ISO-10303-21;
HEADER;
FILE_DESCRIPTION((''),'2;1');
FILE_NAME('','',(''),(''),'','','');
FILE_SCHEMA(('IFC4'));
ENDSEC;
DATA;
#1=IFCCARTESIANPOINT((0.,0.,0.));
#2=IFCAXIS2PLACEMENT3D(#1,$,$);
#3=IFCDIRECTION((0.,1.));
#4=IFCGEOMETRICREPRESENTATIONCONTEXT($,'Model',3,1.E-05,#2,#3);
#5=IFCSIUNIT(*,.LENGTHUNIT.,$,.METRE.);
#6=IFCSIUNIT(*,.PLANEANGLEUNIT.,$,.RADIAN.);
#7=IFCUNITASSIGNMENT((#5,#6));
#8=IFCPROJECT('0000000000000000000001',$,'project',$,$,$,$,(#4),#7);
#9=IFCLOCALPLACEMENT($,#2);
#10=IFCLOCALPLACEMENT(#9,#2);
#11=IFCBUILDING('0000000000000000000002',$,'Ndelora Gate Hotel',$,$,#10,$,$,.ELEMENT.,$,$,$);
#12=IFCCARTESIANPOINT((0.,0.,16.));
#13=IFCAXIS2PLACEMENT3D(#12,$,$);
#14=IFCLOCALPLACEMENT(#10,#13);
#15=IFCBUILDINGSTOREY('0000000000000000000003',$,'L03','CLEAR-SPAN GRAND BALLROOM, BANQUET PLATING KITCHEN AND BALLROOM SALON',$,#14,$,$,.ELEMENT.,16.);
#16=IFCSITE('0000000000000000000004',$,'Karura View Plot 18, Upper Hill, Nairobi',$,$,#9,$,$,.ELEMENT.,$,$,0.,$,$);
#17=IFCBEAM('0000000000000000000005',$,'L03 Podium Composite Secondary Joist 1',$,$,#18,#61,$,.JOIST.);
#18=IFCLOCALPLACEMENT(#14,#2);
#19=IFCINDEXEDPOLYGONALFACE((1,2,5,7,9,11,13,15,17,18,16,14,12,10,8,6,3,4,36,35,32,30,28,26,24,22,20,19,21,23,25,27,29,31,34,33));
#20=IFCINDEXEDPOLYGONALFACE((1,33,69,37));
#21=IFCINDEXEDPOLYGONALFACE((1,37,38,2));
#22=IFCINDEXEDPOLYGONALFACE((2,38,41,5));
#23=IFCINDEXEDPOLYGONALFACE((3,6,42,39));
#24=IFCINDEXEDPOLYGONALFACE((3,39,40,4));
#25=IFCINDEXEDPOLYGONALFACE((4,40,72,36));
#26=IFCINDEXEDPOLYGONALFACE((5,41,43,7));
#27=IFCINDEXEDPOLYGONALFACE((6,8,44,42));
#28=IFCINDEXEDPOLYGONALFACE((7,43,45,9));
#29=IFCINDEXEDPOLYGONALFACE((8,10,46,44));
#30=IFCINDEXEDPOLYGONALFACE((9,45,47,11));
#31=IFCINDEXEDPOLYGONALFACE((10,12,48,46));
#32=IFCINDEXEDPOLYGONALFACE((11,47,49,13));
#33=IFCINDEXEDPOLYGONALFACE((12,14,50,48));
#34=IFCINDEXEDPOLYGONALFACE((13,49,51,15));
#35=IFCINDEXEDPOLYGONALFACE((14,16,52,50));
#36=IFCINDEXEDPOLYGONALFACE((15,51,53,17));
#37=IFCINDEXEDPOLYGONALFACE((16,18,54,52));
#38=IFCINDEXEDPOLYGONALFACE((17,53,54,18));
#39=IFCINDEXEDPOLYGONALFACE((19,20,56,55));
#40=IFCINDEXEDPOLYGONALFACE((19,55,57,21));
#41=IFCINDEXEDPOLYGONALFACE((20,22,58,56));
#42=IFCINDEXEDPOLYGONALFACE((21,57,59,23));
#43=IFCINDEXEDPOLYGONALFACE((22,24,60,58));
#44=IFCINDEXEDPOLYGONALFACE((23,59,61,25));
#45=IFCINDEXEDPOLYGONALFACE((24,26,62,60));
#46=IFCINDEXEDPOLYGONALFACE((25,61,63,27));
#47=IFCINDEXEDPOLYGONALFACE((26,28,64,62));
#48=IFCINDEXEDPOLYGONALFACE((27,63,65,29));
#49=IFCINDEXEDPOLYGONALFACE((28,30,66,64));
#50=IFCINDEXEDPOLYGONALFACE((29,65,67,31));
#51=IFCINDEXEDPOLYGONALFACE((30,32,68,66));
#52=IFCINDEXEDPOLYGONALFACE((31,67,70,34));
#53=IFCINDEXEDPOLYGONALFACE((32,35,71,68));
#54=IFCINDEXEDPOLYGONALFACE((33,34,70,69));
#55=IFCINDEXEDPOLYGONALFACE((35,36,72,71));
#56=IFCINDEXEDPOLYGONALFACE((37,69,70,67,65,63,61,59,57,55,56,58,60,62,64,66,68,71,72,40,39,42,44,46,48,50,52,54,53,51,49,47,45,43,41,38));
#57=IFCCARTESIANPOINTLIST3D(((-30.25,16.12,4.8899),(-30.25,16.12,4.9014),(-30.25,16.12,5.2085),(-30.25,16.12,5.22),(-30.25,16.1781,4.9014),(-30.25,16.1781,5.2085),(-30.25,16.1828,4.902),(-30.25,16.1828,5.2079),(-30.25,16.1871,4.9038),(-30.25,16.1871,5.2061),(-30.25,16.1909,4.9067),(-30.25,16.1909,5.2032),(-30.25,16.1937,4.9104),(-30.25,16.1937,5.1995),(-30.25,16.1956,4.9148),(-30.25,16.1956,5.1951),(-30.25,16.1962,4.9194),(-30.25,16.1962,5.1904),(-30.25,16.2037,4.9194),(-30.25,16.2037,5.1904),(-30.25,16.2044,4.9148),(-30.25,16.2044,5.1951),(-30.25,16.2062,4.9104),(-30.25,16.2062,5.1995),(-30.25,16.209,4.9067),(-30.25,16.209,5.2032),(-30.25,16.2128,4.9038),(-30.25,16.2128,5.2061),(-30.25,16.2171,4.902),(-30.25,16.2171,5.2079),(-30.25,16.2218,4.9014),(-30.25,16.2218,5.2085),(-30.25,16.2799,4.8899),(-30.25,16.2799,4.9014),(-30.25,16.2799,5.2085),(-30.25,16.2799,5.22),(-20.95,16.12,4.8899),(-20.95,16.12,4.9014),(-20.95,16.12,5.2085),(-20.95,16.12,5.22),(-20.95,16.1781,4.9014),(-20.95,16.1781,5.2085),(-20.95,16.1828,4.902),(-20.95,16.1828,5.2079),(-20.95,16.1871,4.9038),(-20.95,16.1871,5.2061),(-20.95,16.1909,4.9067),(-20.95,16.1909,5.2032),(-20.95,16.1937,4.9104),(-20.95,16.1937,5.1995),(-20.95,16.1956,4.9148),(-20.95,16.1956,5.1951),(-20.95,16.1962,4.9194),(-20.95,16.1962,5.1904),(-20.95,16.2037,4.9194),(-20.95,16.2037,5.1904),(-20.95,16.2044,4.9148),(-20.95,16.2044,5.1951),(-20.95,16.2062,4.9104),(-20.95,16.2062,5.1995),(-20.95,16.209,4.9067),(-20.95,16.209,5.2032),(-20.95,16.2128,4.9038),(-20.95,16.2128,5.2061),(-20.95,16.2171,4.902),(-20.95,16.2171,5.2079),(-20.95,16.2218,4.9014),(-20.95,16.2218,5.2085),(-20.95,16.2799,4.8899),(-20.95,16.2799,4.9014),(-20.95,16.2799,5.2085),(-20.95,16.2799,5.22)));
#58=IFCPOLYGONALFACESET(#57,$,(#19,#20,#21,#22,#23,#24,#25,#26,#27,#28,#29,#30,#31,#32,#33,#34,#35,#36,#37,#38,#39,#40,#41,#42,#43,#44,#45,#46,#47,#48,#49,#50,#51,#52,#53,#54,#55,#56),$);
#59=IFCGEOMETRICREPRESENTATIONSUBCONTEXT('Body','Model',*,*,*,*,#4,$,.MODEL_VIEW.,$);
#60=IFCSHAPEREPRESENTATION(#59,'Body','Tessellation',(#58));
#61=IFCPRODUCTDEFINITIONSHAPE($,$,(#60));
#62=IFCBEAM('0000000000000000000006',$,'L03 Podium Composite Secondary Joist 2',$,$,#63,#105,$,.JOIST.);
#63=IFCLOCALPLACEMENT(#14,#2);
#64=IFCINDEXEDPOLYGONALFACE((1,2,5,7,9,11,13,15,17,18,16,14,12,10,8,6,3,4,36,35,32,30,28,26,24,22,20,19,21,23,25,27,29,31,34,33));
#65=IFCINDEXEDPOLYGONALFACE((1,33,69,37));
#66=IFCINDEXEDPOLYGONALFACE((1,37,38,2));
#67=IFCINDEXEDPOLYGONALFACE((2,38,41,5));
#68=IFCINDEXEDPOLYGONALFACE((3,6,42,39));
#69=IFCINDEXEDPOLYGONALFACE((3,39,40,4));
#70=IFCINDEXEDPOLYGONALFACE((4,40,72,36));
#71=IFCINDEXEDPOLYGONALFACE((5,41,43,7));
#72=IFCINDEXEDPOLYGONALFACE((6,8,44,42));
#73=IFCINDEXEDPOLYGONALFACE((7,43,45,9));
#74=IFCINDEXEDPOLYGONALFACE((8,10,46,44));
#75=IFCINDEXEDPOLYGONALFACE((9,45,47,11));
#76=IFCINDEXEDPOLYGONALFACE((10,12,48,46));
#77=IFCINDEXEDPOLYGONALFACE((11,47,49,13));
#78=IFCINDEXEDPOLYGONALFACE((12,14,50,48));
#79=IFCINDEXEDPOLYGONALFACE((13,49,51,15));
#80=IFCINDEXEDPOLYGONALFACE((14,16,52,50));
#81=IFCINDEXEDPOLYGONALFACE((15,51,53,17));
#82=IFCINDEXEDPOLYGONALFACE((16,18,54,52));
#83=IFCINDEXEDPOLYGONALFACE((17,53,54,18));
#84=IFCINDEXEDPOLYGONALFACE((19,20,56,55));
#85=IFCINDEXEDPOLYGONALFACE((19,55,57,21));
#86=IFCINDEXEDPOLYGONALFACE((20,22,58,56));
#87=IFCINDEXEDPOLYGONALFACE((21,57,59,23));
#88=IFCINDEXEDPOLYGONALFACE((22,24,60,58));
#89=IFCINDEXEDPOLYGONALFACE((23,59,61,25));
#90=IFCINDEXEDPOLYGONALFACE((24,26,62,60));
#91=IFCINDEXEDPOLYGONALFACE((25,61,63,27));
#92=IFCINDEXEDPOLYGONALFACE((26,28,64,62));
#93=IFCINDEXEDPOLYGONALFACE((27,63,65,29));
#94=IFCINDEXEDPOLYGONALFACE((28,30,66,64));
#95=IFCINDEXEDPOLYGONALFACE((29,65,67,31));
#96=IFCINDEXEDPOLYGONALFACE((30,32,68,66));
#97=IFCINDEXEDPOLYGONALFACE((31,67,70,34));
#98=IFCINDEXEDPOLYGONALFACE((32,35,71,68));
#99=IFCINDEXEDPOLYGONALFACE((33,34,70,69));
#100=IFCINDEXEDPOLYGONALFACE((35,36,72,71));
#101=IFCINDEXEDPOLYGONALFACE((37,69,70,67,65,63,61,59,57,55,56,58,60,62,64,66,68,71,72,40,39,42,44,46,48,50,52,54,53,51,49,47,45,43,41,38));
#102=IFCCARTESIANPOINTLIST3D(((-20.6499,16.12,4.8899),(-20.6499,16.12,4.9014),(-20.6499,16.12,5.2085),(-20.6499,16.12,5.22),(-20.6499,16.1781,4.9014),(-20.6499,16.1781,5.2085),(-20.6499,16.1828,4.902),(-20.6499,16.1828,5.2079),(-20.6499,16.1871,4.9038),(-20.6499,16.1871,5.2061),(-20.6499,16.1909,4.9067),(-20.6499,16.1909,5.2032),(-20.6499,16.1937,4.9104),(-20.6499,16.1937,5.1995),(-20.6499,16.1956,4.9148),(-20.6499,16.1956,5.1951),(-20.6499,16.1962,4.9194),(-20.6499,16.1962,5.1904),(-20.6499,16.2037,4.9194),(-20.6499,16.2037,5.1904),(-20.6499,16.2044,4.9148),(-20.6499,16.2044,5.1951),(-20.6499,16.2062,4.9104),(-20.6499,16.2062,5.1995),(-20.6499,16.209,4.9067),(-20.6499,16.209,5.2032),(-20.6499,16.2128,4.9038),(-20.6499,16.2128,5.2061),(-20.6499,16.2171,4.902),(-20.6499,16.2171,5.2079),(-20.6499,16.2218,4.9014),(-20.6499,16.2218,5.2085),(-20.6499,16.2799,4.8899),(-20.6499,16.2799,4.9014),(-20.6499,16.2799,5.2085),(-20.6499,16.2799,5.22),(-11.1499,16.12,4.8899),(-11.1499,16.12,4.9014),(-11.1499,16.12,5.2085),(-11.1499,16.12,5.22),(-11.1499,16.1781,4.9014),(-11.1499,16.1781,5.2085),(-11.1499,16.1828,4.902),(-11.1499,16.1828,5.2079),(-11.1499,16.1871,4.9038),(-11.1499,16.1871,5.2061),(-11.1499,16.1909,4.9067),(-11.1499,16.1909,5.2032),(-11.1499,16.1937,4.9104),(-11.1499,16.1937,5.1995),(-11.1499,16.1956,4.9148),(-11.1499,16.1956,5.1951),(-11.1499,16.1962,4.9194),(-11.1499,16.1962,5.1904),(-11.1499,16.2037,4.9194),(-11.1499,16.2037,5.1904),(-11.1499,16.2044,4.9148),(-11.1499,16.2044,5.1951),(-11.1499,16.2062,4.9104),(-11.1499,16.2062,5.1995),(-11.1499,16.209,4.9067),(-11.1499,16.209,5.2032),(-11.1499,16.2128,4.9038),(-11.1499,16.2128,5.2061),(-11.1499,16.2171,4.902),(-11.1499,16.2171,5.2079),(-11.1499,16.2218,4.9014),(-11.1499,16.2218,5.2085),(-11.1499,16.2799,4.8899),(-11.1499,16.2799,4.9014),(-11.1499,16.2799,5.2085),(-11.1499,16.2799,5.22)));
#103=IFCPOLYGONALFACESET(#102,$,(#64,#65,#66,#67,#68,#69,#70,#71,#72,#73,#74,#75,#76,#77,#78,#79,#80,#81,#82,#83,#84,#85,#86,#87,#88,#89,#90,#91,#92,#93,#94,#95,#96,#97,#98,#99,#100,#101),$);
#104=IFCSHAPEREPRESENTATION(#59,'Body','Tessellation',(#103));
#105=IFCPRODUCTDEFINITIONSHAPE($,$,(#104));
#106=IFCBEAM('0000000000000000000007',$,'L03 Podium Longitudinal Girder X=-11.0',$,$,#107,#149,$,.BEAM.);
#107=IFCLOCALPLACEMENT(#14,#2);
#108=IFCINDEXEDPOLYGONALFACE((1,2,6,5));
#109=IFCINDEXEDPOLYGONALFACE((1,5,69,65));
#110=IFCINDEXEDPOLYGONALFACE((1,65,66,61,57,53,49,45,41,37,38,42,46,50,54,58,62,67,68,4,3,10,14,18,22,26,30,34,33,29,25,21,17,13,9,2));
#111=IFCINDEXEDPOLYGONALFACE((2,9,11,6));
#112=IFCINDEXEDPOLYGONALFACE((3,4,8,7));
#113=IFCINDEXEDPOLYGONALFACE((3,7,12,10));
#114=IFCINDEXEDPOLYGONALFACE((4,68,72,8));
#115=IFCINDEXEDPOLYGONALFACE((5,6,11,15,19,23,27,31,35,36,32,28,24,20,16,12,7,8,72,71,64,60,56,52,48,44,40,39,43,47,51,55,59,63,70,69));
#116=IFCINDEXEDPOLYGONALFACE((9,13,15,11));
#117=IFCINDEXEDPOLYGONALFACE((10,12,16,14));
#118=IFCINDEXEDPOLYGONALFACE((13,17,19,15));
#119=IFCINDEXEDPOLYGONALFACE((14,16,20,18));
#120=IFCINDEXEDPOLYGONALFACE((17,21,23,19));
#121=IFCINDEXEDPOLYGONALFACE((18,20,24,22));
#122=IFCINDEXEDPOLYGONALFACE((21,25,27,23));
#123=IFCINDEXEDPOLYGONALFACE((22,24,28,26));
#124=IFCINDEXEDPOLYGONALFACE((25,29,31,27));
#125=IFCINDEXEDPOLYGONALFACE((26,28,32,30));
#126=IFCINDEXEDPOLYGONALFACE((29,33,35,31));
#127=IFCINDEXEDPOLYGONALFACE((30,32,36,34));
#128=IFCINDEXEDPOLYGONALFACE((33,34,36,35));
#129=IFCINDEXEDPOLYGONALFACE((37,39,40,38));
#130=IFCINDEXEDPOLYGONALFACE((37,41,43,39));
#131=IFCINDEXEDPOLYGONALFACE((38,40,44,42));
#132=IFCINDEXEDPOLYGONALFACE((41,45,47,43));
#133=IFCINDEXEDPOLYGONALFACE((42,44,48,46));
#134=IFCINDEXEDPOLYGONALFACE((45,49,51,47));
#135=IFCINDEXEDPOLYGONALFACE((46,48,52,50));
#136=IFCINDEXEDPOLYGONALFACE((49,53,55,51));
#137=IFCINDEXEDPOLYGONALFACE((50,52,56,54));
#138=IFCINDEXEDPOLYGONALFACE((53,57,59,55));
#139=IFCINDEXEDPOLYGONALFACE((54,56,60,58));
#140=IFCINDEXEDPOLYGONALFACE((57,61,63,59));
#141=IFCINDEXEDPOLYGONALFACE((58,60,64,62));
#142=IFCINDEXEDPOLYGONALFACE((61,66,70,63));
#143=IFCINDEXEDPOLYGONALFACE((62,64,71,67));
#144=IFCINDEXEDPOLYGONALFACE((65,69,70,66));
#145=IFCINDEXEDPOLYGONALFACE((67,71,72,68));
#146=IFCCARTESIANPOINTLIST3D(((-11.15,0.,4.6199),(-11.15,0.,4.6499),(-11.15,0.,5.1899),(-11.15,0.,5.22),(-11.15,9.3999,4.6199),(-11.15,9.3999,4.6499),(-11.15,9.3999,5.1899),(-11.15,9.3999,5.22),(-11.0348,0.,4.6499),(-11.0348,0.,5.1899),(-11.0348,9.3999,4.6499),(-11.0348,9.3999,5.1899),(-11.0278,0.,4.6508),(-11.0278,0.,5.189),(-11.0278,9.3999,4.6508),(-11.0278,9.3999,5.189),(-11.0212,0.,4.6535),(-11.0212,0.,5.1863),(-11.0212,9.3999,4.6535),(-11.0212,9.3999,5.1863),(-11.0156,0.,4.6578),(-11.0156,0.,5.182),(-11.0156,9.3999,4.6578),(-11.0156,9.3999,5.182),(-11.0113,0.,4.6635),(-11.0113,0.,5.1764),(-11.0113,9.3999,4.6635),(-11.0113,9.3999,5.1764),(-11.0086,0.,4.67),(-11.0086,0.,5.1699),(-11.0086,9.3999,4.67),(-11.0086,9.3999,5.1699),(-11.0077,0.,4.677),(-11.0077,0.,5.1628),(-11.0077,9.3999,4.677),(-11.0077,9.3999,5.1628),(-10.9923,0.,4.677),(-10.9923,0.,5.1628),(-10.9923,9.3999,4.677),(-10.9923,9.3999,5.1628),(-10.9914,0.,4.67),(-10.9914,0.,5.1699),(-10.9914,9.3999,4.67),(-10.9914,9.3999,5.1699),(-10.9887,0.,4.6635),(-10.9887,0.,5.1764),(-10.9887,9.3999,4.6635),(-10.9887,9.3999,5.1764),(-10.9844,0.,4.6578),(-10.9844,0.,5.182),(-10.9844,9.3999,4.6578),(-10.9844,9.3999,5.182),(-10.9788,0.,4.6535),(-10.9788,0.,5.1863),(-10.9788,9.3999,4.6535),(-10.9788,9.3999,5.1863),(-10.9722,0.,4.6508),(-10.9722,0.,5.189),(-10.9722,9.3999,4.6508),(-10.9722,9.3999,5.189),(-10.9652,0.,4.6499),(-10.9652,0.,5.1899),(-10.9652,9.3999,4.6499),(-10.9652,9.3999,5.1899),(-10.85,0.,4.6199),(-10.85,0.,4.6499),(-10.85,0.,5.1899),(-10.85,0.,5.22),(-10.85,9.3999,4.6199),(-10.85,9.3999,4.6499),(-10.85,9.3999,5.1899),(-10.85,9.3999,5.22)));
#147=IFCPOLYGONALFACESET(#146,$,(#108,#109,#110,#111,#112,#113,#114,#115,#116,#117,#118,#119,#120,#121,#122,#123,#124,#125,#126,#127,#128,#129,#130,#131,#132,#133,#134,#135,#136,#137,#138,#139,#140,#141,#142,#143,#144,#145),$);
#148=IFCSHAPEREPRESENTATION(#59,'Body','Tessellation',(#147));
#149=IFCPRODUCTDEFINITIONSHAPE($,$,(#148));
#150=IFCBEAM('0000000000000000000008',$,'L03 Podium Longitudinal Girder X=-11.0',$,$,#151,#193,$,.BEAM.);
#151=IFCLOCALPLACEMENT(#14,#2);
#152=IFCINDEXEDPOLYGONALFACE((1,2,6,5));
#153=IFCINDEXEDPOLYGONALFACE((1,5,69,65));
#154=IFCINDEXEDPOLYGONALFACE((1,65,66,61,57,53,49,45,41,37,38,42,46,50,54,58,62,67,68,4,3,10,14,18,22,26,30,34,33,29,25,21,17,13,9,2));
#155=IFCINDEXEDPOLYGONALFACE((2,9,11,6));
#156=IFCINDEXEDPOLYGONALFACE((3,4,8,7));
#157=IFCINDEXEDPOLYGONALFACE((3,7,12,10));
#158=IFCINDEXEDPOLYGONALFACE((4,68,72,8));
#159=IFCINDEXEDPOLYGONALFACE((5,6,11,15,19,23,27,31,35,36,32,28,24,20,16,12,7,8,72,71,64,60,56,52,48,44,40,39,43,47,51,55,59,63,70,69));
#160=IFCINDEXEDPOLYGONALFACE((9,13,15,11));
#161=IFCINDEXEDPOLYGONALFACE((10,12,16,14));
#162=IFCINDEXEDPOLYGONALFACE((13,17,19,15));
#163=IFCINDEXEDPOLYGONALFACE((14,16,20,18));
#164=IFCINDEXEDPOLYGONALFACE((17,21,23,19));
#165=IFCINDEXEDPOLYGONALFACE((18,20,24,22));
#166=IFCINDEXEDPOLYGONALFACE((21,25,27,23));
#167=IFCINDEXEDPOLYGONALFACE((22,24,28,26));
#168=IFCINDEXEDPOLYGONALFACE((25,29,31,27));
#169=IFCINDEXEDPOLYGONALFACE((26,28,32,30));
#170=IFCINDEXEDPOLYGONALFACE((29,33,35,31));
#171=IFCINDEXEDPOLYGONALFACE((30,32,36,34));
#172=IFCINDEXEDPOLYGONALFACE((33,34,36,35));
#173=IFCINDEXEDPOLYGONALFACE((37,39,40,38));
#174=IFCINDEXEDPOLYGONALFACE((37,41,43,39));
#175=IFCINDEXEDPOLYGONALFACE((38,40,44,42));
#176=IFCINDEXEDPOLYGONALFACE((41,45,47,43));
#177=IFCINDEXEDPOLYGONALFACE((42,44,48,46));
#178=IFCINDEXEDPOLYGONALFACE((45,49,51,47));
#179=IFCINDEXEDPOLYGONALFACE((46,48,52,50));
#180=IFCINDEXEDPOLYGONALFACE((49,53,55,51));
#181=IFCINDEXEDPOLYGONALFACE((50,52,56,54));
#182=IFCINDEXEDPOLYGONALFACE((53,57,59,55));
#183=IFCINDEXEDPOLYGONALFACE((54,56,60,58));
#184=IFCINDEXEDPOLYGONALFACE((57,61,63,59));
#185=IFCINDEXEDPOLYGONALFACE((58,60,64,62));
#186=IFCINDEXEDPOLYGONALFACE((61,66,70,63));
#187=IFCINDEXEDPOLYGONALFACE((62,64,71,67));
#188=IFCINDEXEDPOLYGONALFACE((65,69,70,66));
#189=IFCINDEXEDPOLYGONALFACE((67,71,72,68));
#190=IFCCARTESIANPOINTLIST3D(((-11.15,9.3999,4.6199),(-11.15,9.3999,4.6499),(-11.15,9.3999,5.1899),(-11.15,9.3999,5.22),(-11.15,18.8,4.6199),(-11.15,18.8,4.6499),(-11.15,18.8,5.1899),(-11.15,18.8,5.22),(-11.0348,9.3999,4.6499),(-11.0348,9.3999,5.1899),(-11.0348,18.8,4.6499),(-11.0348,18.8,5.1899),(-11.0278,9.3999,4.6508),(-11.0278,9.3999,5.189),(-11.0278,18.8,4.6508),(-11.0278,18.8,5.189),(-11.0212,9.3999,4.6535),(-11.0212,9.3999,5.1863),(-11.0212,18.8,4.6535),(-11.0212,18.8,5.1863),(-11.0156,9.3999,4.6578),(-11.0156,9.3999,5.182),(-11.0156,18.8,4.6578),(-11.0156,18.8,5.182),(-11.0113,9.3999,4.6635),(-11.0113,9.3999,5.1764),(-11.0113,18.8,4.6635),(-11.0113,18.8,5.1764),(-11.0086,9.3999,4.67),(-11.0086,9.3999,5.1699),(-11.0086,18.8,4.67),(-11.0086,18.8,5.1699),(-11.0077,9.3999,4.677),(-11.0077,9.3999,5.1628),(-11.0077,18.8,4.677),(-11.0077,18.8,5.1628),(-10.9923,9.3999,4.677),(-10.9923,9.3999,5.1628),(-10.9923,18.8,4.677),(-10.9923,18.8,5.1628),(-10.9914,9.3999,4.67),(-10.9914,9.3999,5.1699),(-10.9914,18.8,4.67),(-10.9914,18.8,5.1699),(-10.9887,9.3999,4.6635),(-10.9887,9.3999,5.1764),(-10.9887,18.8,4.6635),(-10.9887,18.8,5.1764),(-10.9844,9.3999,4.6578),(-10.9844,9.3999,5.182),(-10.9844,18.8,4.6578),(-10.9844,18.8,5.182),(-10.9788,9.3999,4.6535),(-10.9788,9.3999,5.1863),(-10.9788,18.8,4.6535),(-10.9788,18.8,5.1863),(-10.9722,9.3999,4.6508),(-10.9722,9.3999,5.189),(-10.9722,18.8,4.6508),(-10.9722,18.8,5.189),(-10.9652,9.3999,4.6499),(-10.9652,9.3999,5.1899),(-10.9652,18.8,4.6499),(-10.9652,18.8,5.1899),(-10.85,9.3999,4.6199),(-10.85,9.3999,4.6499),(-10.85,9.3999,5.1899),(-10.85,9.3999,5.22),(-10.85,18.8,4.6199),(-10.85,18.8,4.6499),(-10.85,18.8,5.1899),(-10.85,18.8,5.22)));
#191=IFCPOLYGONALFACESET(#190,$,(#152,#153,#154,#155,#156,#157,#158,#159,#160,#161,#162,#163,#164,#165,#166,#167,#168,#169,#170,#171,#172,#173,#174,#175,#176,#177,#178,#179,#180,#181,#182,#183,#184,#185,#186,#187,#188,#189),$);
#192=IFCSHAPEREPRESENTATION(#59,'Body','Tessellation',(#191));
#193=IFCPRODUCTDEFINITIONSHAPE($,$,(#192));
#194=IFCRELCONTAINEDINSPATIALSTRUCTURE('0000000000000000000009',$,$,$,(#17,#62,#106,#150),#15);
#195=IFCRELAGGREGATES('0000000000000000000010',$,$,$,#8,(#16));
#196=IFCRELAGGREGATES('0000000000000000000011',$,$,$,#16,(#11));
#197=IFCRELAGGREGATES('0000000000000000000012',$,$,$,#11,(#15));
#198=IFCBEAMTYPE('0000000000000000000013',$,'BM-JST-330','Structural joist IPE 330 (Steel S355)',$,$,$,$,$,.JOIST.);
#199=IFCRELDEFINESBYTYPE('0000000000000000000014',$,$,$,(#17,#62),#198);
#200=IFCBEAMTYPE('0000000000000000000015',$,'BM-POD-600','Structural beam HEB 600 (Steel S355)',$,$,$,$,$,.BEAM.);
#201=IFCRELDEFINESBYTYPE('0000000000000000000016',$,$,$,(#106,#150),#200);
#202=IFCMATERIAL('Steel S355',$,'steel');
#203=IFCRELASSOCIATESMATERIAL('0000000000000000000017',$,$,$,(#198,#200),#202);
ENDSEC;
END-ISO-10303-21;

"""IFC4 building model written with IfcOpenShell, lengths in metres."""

from ifc_helpers import new_model, si_unit, direction, frame, origin, origin_2d, place, context, subcontext, project, spatial, i_section, extrude, material, material_profile, profile_set, type_object, element, save


model = new_model("IFC4")

# Units and contexts
model_context = context("Model", 3, precision=1e-05, world=origin(), true_north=direction((0.0, 1.0)))
body_context = subcontext(model_context, "Body", "Model", "MODEL_VIEW")
ifc_project = project(units=[si_unit("LENGTHUNIT", "METRE"), si_unit("PLANEANGLEUNIT", "RADIAN")], contexts=[model_context])

# Site, building, storey
site_placement = place(None, origin())
site = spatial("IfcSite", under=ifc_project, at=site_placement, Name="Karura View Plot 18, Upper Hill, Nairobi", CompositionType="ELEMENT", RefElevation=0.0)
building_placement = place(site_placement, origin())
building = spatial("IfcBuilding", under=site, at=building_placement, Name="Ndelora Gate Hotel", CompositionType="ELEMENT")
storey_placement = place(building_placement, frame((0.0, 0.0, 16.0)))
storey = spatial("IfcBuildingStorey", under=building, at=storey_placement, Name="L03", Description="CLEAR-SPAN GRAND BALLROOM, BANQUET PLATING KITCHEN AND BALLROOM SALON", CompositionType="ELEMENT", Elevation=16.0)

# Beams
ifc_material_1 = material(Name="Steel S355", Category="steel")
ifc_material_profile_1 = material_profile(ifc_material_1, i_section(OverallWidth=0.1599, OverallDepth=0.3301, WebThickness=0.0076, FlangeThickness=0.0115, FilletRadius=0.0181, at=origin_2d()), Name="IPE 330")
ifc_profile_set_1 = profile_set([ifc_material_profile_1], Name="Steel S355")
beam_type_1 = type_object("IfcBeamType", Name="BM-JST-330", Description="Structural joist IPE 330 (Steel S355)", PredefinedType="JOIST", material=ifc_profile_set_1)
beam_1_placement = place(storey_placement, frame((-30.25, 16.2, 5.0549), z_axis=(1.0, 0.0, 0.0), x_axis=(0.0, 1.0, 0.0)))
element("IfcBeam", 1, at=beam_1_placement, inside=storey, type_object=beam_type_1, Name="L03 Podium Composite Secondary Joist 1", PredefinedType="JOIST", context=body_context, shape_type="SweptSolid", body=[
    extrude(i_section(OverallWidth=0.1599, OverallDepth=0.3301, WebThickness=0.0076, FlangeThickness=0.0115, FilletRadius=0.0181, at=origin_2d()), origin(), (0.0, 0.0, 1.0), 9.3),
])
beam_2_placement = place(storey_placement, frame((-20.6499, 16.2, 5.0549), z_axis=(1.0, 0.0, 0.0), x_axis=(0.0, 1.0, 0.0)))
element("IfcBeam", 2, at=beam_2_placement, inside=storey, type_object=beam_type_1, Name="L03 Podium Composite Secondary Joist 2", PredefinedType="JOIST", context=body_context, shape_type="SweptSolid", body=[
    extrude(i_section(OverallWidth=0.1599, OverallDepth=0.3301, WebThickness=0.0076, FlangeThickness=0.0115, FilletRadius=0.0181, at=origin_2d()), origin(), (0.0, 0.0, 1.0), 9.5),
])
ifc_material_profile_2 = material_profile(ifc_material_1, i_section(OverallWidth=0.3, OverallDepth=0.6001, WebThickness=0.0154, FlangeThickness=0.03, FilletRadius=0.0271, at=origin_2d()), Name="HEB 600")
ifc_profile_set_2 = profile_set([ifc_material_profile_2], Name="Steel S355")
beam_type_2 = type_object("IfcBeamType", Name="BM-POD-600", Description="Structural beam HEB 600 (Steel S355)", PredefinedType="BEAM", material=ifc_profile_set_2)
beam_3_placement = place(storey_placement, frame((-11.0, 0.0, 4.9199), z_axis=(0.0, 1.0, 0.0), x_axis=(-1.0, 0.0, 0.0)))
element("IfcBeam", 3, at=beam_3_placement, inside=storey, type_object=beam_type_2, Name="L03 Podium Longitudinal Girder X=-11.0", PredefinedType="BEAM", context=body_context, shape_type="SweptSolid", body=[
    extrude(i_section(OverallWidth=0.3, OverallDepth=0.6001, WebThickness=0.0154, FlangeThickness=0.03, FilletRadius=0.0271, at=origin_2d()), origin(), (0.0, 0.0, 1.0), 9.3999),
])
beam_4_placement = place(storey_placement, frame((-11.0, 9.3999, 4.9199), z_axis=(0.0, 1.0, 0.0), x_axis=(-1.0, 0.0, 0.0)))
element("IfcBeam", 4, at=beam_4_placement, inside=storey, type_object=beam_type_2, Name="L03 Podium Longitudinal Girder X=-11.0", PredefinedType="BEAM", context=body_context, shape_type="SweptSolid", body=[
    extrude(i_section(OverallWidth=0.3, OverallDepth=0.6001, WebThickness=0.0154, FlangeThickness=0.03, FilletRadius=0.0271, at=origin_2d()), origin(), (0.0, 0.0, 1.0), 9.4001),
])

save(model, "model.ifc")
